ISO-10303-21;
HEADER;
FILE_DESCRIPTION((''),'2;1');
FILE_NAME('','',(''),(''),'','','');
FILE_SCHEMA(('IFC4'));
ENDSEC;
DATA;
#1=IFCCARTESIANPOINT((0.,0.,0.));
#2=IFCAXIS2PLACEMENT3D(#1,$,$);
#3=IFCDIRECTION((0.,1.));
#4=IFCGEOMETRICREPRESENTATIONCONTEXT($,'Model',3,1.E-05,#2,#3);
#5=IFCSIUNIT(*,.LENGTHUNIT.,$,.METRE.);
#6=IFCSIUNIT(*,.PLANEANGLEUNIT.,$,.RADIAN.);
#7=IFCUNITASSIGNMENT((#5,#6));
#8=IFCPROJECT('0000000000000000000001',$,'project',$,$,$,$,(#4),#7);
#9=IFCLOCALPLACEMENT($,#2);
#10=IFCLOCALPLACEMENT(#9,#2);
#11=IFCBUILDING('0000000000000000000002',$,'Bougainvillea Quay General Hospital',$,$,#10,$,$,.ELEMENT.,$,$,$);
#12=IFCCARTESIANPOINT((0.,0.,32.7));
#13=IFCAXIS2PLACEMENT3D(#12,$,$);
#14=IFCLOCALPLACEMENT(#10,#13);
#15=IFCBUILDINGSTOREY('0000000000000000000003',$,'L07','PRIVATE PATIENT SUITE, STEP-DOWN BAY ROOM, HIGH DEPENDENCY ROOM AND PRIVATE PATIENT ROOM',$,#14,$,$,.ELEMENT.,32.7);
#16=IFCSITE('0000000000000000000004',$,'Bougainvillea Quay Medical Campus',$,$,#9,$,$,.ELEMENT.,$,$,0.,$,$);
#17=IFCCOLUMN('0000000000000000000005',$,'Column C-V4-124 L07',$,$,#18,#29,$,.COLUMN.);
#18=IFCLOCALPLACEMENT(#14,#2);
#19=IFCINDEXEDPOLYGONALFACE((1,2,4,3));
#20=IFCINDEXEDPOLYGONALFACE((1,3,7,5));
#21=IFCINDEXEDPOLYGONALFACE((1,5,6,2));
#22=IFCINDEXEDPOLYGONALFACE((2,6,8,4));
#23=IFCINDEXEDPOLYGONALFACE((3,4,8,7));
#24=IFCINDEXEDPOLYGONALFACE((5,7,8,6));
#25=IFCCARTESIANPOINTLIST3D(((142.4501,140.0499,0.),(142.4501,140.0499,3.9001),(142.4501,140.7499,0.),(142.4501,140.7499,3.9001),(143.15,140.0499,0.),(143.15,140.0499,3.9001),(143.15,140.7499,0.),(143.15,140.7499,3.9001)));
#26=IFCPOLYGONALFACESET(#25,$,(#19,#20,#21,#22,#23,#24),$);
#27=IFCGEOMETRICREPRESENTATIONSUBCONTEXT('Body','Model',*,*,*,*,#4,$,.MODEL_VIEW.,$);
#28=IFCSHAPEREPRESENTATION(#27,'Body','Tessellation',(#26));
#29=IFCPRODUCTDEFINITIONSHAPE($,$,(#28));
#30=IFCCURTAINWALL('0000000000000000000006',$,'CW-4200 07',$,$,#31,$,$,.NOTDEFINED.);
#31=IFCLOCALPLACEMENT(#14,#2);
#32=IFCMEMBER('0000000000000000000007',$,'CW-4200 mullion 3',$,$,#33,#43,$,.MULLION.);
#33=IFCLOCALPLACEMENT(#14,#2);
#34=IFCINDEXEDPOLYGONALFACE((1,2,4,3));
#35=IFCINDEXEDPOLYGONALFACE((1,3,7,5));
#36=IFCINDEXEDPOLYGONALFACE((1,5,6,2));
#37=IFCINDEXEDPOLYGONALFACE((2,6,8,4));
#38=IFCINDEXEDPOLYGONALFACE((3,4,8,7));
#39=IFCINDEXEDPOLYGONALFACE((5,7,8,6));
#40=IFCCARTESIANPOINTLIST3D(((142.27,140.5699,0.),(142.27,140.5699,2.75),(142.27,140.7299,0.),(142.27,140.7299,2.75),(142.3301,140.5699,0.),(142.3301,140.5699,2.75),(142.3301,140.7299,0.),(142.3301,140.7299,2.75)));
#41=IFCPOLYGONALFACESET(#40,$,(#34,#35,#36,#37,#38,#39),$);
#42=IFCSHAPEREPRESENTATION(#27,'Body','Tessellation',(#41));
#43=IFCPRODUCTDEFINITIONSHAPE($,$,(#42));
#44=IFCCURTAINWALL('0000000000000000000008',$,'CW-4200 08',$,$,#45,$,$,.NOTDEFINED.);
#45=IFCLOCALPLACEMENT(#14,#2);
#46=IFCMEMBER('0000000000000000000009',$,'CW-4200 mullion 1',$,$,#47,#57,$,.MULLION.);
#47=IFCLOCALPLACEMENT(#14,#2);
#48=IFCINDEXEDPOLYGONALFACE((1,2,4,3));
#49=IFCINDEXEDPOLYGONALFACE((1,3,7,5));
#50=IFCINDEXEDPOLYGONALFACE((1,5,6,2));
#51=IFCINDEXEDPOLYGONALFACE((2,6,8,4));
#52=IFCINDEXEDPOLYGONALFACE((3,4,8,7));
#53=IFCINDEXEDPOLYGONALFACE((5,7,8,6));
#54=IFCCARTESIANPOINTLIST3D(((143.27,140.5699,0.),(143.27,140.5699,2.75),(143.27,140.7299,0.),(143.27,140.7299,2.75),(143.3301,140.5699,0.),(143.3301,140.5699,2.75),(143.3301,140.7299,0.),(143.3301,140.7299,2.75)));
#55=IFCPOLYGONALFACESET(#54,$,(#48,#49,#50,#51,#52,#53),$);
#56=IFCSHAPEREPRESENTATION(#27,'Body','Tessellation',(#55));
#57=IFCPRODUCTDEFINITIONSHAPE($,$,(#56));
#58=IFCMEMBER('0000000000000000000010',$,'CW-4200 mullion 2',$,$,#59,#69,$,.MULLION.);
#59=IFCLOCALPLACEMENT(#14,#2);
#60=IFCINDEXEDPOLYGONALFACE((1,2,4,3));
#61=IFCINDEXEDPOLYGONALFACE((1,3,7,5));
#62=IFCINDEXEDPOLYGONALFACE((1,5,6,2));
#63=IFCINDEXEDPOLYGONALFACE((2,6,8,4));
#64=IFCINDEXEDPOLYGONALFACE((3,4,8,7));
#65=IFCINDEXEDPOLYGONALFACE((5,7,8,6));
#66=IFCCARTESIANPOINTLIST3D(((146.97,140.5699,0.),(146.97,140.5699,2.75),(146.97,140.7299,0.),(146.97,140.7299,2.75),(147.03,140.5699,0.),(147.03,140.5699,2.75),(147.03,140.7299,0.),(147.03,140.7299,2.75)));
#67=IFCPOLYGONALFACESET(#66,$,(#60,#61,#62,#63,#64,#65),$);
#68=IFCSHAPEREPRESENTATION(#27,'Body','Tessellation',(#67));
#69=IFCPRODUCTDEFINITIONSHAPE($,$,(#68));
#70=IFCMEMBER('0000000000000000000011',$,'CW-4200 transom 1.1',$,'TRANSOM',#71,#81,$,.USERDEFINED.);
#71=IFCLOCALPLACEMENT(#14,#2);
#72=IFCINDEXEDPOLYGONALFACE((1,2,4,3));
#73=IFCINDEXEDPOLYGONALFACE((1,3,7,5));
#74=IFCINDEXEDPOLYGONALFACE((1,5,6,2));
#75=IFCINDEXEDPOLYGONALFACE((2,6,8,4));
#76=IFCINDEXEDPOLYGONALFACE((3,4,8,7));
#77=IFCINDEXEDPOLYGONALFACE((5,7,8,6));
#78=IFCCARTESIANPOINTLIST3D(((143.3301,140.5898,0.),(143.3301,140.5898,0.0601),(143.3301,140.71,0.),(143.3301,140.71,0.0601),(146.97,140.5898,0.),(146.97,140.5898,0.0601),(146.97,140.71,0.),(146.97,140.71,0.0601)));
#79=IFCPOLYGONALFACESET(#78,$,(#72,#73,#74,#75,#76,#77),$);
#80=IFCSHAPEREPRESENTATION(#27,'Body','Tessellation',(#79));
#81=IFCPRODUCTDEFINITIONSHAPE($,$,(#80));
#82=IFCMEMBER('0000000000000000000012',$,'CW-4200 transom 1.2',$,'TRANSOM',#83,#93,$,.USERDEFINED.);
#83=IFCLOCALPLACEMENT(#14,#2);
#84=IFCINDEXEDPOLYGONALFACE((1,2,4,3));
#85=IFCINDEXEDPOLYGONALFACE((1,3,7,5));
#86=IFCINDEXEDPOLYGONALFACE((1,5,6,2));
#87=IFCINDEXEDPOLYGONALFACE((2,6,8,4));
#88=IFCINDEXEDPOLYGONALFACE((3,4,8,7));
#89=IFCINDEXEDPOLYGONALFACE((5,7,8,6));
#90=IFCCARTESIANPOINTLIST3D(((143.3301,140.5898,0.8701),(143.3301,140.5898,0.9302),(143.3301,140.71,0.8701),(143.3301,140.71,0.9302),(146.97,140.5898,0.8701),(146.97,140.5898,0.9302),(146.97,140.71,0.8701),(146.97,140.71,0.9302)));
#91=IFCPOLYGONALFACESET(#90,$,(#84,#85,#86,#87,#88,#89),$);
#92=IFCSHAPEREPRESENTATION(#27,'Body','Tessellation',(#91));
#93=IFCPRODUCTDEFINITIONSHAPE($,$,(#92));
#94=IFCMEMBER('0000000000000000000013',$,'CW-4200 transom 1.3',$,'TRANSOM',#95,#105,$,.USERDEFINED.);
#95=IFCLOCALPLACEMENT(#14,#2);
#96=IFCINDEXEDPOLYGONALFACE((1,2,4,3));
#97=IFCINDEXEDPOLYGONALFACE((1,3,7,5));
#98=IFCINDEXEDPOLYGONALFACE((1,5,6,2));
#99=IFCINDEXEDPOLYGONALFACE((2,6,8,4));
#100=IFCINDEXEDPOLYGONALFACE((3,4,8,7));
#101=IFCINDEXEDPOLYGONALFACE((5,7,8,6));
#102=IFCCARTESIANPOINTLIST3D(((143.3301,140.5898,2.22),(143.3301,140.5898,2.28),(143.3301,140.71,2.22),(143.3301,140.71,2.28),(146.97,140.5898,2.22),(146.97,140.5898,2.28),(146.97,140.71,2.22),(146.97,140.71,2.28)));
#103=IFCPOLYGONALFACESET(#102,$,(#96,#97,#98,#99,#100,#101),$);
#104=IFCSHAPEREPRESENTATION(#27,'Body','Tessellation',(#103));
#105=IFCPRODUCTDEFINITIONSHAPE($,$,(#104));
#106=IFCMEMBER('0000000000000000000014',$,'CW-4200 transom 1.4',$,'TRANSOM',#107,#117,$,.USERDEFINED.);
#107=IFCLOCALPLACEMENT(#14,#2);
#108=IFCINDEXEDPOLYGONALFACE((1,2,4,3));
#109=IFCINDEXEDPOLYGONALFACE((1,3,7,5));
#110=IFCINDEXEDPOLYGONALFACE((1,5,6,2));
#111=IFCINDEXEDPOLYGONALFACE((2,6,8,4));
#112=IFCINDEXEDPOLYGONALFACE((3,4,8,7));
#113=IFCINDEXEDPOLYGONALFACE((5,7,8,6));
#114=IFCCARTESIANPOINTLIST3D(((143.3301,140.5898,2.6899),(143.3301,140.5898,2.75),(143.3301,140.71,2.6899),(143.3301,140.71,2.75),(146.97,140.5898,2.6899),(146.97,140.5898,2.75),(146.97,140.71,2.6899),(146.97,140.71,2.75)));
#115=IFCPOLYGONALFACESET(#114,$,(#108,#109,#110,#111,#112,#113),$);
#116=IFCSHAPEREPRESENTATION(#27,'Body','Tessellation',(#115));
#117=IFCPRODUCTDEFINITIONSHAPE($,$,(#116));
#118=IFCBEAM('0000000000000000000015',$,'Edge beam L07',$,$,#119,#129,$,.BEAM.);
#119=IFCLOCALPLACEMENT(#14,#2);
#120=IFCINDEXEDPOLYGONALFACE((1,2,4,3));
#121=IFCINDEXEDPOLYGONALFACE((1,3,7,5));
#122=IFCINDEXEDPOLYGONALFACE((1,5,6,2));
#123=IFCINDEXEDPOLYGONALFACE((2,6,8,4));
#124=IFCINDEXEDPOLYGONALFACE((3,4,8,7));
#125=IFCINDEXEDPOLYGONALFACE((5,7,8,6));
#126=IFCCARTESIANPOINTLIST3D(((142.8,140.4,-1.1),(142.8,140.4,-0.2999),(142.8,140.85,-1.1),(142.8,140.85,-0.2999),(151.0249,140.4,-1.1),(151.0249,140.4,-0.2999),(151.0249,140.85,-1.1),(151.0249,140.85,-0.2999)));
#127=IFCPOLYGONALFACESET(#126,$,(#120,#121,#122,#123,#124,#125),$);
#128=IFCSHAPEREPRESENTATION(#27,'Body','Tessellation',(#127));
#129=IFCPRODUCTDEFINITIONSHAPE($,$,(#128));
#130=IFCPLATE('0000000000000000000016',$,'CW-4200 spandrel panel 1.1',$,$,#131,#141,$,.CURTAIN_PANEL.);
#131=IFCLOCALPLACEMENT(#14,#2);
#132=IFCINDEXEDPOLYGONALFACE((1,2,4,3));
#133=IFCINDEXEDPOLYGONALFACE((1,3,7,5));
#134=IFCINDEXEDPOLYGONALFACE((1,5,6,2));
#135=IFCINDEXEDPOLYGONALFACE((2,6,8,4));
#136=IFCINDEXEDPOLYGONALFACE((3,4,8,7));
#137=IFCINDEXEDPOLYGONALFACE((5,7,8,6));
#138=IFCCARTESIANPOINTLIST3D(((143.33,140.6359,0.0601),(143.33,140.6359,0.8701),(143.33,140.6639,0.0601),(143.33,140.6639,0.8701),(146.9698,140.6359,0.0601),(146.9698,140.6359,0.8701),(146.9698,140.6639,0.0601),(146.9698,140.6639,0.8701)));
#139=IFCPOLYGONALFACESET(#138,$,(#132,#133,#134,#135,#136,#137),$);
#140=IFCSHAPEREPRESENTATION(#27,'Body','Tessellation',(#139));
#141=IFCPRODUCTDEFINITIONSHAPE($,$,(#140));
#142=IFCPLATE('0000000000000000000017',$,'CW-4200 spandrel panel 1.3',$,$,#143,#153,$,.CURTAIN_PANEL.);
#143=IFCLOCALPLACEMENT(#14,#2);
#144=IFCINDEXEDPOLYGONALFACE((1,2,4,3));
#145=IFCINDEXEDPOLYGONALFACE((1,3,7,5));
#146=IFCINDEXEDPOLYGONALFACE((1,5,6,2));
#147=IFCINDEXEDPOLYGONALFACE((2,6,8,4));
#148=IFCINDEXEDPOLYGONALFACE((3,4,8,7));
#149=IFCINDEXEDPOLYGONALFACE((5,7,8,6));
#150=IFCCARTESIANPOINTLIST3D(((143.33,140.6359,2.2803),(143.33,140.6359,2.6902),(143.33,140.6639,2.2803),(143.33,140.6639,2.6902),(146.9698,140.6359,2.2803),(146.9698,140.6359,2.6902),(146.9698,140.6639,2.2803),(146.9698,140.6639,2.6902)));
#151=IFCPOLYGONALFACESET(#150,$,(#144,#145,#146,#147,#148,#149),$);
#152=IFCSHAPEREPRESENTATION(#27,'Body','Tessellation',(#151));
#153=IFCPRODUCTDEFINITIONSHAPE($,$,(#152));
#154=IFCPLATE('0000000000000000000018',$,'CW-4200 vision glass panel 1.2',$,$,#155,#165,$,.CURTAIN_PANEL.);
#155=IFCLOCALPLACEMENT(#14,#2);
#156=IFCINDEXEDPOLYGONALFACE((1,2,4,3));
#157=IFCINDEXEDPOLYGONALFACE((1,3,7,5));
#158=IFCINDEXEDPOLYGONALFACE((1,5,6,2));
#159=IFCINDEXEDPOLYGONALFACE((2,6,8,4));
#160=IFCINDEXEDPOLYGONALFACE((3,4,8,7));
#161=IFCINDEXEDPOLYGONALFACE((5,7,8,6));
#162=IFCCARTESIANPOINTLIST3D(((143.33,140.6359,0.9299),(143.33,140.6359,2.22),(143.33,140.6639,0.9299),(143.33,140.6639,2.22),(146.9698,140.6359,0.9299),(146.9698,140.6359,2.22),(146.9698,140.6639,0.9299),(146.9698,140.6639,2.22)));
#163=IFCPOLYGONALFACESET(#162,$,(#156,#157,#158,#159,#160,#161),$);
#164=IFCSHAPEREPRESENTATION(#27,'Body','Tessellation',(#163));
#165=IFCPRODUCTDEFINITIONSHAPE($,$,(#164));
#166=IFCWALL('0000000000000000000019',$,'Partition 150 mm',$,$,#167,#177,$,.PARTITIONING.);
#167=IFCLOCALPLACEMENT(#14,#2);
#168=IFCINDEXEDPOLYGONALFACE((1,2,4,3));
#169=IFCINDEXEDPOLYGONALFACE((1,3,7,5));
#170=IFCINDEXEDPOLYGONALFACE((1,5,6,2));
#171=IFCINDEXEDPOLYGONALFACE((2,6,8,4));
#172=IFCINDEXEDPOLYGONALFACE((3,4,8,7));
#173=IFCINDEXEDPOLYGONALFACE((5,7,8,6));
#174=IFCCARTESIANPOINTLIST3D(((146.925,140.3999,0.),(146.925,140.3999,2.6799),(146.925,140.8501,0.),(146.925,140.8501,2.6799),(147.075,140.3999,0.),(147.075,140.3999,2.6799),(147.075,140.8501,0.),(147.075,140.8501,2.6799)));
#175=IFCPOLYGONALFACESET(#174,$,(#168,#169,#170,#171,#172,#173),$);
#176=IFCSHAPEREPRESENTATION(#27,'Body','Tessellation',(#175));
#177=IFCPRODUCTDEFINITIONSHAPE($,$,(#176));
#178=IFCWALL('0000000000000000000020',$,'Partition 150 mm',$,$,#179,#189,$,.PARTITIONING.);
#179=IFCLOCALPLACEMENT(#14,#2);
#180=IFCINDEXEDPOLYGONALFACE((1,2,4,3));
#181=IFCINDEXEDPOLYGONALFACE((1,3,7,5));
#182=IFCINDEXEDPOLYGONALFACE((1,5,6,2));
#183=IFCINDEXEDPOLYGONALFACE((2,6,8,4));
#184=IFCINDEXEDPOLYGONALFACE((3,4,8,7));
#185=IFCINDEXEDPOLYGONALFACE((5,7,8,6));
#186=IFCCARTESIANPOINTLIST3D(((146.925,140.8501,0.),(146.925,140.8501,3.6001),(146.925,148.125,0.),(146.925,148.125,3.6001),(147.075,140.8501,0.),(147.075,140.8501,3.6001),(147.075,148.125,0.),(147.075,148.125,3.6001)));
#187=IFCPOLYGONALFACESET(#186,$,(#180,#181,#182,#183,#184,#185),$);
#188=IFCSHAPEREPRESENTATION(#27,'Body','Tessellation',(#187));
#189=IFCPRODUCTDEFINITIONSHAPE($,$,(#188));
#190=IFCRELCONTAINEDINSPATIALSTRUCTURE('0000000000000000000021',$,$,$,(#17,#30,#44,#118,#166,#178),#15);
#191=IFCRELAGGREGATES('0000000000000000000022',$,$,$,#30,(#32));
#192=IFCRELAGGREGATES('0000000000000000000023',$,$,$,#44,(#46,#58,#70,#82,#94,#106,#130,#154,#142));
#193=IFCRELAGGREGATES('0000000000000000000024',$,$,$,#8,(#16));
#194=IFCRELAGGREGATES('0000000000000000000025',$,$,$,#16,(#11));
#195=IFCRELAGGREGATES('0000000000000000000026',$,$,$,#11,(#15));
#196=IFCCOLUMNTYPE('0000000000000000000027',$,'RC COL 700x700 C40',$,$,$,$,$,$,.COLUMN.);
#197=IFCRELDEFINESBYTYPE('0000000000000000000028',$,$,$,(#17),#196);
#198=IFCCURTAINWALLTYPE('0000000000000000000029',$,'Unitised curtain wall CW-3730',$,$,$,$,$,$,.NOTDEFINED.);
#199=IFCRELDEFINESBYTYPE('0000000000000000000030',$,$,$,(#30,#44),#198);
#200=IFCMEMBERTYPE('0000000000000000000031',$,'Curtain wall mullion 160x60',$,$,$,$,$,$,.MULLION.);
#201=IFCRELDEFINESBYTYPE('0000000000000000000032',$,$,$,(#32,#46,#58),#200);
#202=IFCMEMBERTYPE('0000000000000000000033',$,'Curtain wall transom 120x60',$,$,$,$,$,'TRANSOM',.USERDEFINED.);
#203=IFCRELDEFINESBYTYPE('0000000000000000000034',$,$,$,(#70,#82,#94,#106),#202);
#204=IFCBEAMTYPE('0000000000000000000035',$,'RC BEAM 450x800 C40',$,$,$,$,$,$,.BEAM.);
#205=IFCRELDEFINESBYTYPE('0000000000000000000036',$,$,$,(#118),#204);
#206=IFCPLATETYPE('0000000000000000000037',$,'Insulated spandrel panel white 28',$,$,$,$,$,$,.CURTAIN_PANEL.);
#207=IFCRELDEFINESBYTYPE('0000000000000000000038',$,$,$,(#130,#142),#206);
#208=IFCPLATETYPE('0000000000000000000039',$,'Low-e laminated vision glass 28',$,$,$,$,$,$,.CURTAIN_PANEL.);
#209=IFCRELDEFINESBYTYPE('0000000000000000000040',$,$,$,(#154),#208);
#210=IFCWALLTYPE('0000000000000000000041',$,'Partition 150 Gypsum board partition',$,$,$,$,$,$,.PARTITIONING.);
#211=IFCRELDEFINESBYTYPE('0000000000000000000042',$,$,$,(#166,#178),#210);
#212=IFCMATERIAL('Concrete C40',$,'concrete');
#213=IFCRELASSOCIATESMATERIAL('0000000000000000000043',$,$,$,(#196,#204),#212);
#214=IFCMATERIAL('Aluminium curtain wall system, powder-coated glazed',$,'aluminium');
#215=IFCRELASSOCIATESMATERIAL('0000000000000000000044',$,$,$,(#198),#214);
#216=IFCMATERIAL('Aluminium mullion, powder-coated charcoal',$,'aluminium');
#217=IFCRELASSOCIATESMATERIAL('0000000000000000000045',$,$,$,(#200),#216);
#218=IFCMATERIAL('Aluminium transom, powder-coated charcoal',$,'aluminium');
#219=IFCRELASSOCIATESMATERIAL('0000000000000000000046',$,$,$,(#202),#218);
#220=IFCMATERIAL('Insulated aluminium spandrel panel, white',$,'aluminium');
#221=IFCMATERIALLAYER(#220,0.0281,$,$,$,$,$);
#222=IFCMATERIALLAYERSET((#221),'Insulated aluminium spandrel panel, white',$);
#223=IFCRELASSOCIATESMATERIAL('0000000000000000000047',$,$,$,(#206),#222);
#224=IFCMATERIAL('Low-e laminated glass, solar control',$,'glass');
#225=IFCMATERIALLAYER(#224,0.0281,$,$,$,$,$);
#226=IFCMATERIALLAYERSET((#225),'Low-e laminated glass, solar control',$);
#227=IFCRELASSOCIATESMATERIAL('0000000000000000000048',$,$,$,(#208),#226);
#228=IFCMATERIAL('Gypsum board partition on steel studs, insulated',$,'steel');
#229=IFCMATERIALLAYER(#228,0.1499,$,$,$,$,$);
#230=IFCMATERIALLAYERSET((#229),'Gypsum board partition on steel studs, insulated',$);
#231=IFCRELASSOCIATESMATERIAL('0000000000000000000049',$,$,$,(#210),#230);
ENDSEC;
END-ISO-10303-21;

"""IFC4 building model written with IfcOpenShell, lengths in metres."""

from ifc_helpers import new_model, si_unit, direction, frame, frame_2d, origin, origin_2d, place, context, subcontext, project, spatial, rectangle, extrude, material, layer, layer_set, material_profile, profile_set, type_object, element, aggregate, save


model = new_model("IFC4")

# Units and contexts
model_context = context("Model", 3, precision=1e-05, world=origin(), true_north=direction((0.0, 1.0)))
body_context = subcontext(model_context, "Body", "Model", "MODEL_VIEW")
ifc_project = project(units=[si_unit("LENGTHUNIT", "METRE"), si_unit("PLANEANGLEUNIT", "RADIAN")], contexts=[model_context])

# Site, building, storey
site_placement = place(None, origin())
site = spatial("IfcSite", under=ifc_project, at=site_placement, Name="Bougainvillea Quay Medical Campus", CompositionType="ELEMENT", RefElevation=0.0)
building_placement = place(site_placement, origin())
building = spatial("IfcBuilding", under=site, at=building_placement, Name="Bougainvillea Quay General Hospital", CompositionType="ELEMENT")
storey_placement = place(building_placement, frame((0.0, 0.0, 32.7)))
storey = spatial("IfcBuildingStorey", under=building, at=storey_placement, Name="L07", Description="PRIVATE PATIENT SUITE, STEP-DOWN BAY ROOM, HIGH DEPENDENCY ROOM AND PRIVATE PATIENT ROOM", CompositionType="ELEMENT", Elevation=32.7)

# Column
ifc_material_1 = material(Name="Concrete C40", Category="concrete")
ifc_material_profile_1 = material_profile(ifc_material_1, rectangle(XDim=0.7, YDim=0.7, at=origin_2d()))
ifc_profile_set_1 = profile_set([ifc_material_profile_1], Name="Concrete C40")
column_type = type_object("IfcColumnType", Name="RC COL 700x700 C40", PredefinedType="COLUMN", material=ifc_profile_set_1)
column_placement = place(storey_placement, frame((142.8, 140.3999, 0.0), z_axis=(0.0, 0.0, 1.0), x_axis=(1.0, 0.0, 0.0)))
element("IfcColumn", 1, at=column_placement, inside=storey, type_object=column_type, Name="Column C-V4-124 L07", PredefinedType="COLUMN", context=body_context, shape_type="SweptSolid", body=[
    extrude(rectangle(XDim=0.7, YDim=0.7, at=origin_2d()), origin(), (0.0, 0.0, 1.0), 3.9001),
])

# Curtain wall, member
ifc_material_2 = material(Name="Aluminium curtain wall system, powder-coated glazed", Category="aluminium")
curtain_wall_type = type_object("IfcCurtainWallType", Name="Unitised curtain wall CW-3730", PredefinedType="NOTDEFINED", material=ifc_material_2)
curtain_wall_1_placement = place(storey_placement, origin())
curtain_wall_1 = element("IfcCurtainWall", 2, at=curtain_wall_1_placement, inside=storey, type_object=curtain_wall_type, Name="CW-4200 07", PredefinedType="NOTDEFINED")
ifc_material_3 = material(Name="Aluminium mullion, powder-coated charcoal", Category="aluminium")
ifc_material_profile_2 = material_profile(ifc_material_3, rectangle(XDim=0.1599, YDim=0.0601, at=origin_2d()))
ifc_profile_set_2 = profile_set([ifc_material_profile_2], Name="Aluminium mullion, powder-coated charcoal")
member_type_1 = type_object("IfcMemberType", Name="Curtain wall mullion 160x60", PredefinedType="MULLION", material=ifc_profile_set_2)
member_1_placement = place(storey_placement, frame((142.3, 140.6499, 0.0), z_axis=(0.0, 0.0, 1.0), x_axis=(0.0, 1.0, 0.0)))
member_1 = element("IfcMember", 3, at=member_1_placement, type_object=member_type_1, Name="CW-4200 mullion 3", PredefinedType="MULLION", context=body_context, shape_type="SweptSolid", body=[
    extrude(rectangle(XDim=0.1599, YDim=0.0601, at=origin_2d()), origin(), (0.0, 0.0, 1.0), 2.75),
])
aggregate(curtain_wall_1, [member_1])

# Curtain wall, members
curtain_wall_2_placement = place(storey_placement, origin())
curtain_wall_2 = element("IfcCurtainWall", 4, at=curtain_wall_2_placement, inside=storey, type_object=curtain_wall_type, Name="CW-4200 08", PredefinedType="NOTDEFINED")
member_2_placement = place(storey_placement, frame((143.3, 140.6499, 0.0), z_axis=(0.0, 0.0, 1.0), x_axis=(0.0, 1.0, 0.0)))
member_2 = element("IfcMember", 5, at=member_2_placement, type_object=member_type_1, Name="CW-4200 mullion 1", PredefinedType="MULLION", context=body_context, shape_type="SweptSolid", body=[
    extrude(rectangle(XDim=0.1599, YDim=0.0601, at=origin_2d()), origin(), (0.0, 0.0, 1.0), 2.75),
])
member_3_placement = place(storey_placement, frame((147.0, 140.6499, 0.0), z_axis=(0.0, 0.0, 1.0), x_axis=(0.0, 1.0, 0.0)))
member_3 = element("IfcMember", 6, at=member_3_placement, type_object=member_type_1, Name="CW-4200 mullion 2", PredefinedType="MULLION", context=body_context, shape_type="SweptSolid", body=[
    extrude(rectangle(XDim=0.1599, YDim=0.0601, at=origin_2d()), origin(), (0.0, 0.0, 1.0), 2.75),
])
ifc_material_4 = material(Name="Aluminium transom, powder-coated charcoal", Category="aluminium")
ifc_material_profile_3 = material_profile(ifc_material_4, rectangle(XDim=0.1201, YDim=0.0601, at=origin_2d()))
ifc_profile_set_3 = profile_set([ifc_material_profile_3], Name="Aluminium transom, powder-coated charcoal")
member_type_2 = type_object("IfcMemberType", Name="Curtain wall transom 120x60", ElementType="TRANSOM", PredefinedType="USERDEFINED", material=ifc_profile_set_3)
member_4_placement = place(storey_placement, frame((143.3301, 140.6499, 0.03), z_axis=(1.0, 0.0, 0.0), x_axis=(0.0, 1.0, 0.0)))
member_4 = element("IfcMember", 7, at=member_4_placement, type_object=member_type_2, Name="CW-4200 transom 1.1", ObjectType="TRANSOM", PredefinedType="USERDEFINED", context=body_context, shape_type="SweptSolid", body=[
    extrude(rectangle(XDim=0.1201, YDim=0.0601, at=origin_2d()), origin(), (0.0, 0.0, 1.0), 3.6399),
])
member_5_placement = place(storey_placement, frame((143.3301, 140.6499, 0.9001), z_axis=(1.0, 0.0, 0.0), x_axis=(0.0, 1.0, 0.0)))
member_5 = element("IfcMember", 8, at=member_5_placement, type_object=member_type_2, Name="CW-4200 transom 1.2", ObjectType="TRANSOM", PredefinedType="USERDEFINED", context=body_context, shape_type="SweptSolid", body=[
    extrude(rectangle(XDim=0.1201, YDim=0.0601, at=origin_2d()), origin(), (0.0, 0.0, 1.0), 3.6399),
])
member_6_placement = place(storey_placement, frame((143.3301, 140.6499, 2.25), z_axis=(1.0, 0.0, 0.0), x_axis=(0.0, 1.0, 0.0)))
member_6 = element("IfcMember", 9, at=member_6_placement, type_object=member_type_2, Name="CW-4200 transom 1.3", ObjectType="TRANSOM", PredefinedType="USERDEFINED", context=body_context, shape_type="SweptSolid", body=[
    extrude(rectangle(XDim=0.1201, YDim=0.0601, at=origin_2d()), origin(), (0.0, 0.0, 1.0), 3.6399),
])
member_7_placement = place(storey_placement, frame((143.3301, 140.6499, 2.72), z_axis=(1.0, 0.0, 0.0), x_axis=(0.0, 1.0, 0.0)))
member_7 = element("IfcMember", 10, at=member_7_placement, type_object=member_type_2, Name="CW-4200 transom 1.4", ObjectType="TRANSOM", PredefinedType="USERDEFINED", context=body_context, shape_type="SweptSolid", body=[
    extrude(rectangle(XDim=0.1201, YDim=0.0601, at=origin_2d()), origin(), (0.0, 0.0, 1.0), 3.6399),
])

# Beam
ifc_material_profile_4 = material_profile(ifc_material_1, rectangle(XDim=0.45, YDim=0.8, at=origin_2d()))
ifc_profile_set_4 = profile_set([ifc_material_profile_4], Name="Concrete C40")
beam_type = type_object("IfcBeamType", Name="RC BEAM 450x800 C40", PredefinedType="BEAM", material=ifc_profile_set_4)
beam_placement = place(storey_placement, frame((142.8, 140.625, -0.7), z_axis=(1.0, 0.0, 0.0), x_axis=(0.0, 1.0, 0.0)))
element("IfcBeam", 11, at=beam_placement, inside=storey, type_object=beam_type, Name="Edge beam L07", PredefinedType="BEAM", context=body_context, shape_type="SweptSolid", body=[
    extrude(rectangle(XDim=0.45, YDim=0.8, at=origin_2d()), origin(), (0.0, 0.0, 1.0), 8.2249),
])

# Plates
ifc_material_5 = material(Name="Insulated aluminium spandrel panel, white", Category="aluminium")
ifc_layer_1 = layer(ifc_material_5, 0.0281)
ifc_layer_set_1 = layer_set([ifc_layer_1], Name="Insulated aluminium spandrel panel, white")
plate_type_1 = type_object("IfcPlateType", Name="Insulated spandrel panel white 28", PredefinedType="CURTAIN_PANEL", material=ifc_layer_set_1)
plate_1_placement = place(storey_placement, frame((145.1499, 140.6499, 0.0601), z_axis=(0.0, 0.0, 1.0), x_axis=(1.0, 0.0, 0.0)))
plate_1 = element("IfcPlate", 12, at=plate_1_placement, type_object=plate_type_1, Name="CW-4200 spandrel panel 1.1", PredefinedType="CURTAIN_PANEL", context=body_context, shape_type="SweptSolid", body=[
    extrude(rectangle(XDim=3.6399, YDim=0.0281, at=origin_2d()), origin(), (0.0, 0.0, 1.0), 0.8101),
])
plate_2_placement = place(storey_placement, frame((145.1499, 140.6499, 2.2803), z_axis=(0.0, 0.0, 1.0), x_axis=(1.0, 0.0, 0.0)))
plate_2 = element("IfcPlate", 13, at=plate_2_placement, type_object=plate_type_1, Name="CW-4200 spandrel panel 1.3", PredefinedType="CURTAIN_PANEL", context=body_context, shape_type="SweptSolid", body=[
    extrude(rectangle(XDim=3.6399, YDim=0.0281, at=origin_2d()), origin(), (0.0, 0.0, 1.0), 0.4099),
])
ifc_material_6 = material(Name="Low-e laminated glass, solar control", Category="glass")
ifc_layer_2 = layer(ifc_material_6, 0.0281)
ifc_layer_set_2 = layer_set([ifc_layer_2], Name="Low-e laminated glass, solar control")
plate_type_2 = type_object("IfcPlateType", Name="Low-e laminated vision glass 28", PredefinedType="CURTAIN_PANEL", material=ifc_layer_set_2)
plate_3_placement = place(storey_placement, frame((145.1499, 140.6499, 0.9299), z_axis=(0.0, 0.0, 1.0), x_axis=(1.0, 0.0, 0.0)))
plate_3 = element("IfcPlate", 14, at=plate_3_placement, type_object=plate_type_2, Name="CW-4200 vision glass panel 1.2", PredefinedType="CURTAIN_PANEL", context=body_context, shape_type="SweptSolid", body=[
    extrude(rectangle(XDim=3.6399, YDim=0.0281, at=origin_2d()), origin(), (0.0, 0.0, 1.0), 1.29),
])
aggregate(curtain_wall_2, [member_2, member_3, member_4, member_5, member_6, member_7, plate_1, plate_3, plate_2])

# Walls
ifc_material_7 = material(Name="Gypsum board partition on steel studs, insulated", Category="steel")
ifc_layer_3 = layer(ifc_material_7, 0.1499)
ifc_layer_set_3 = layer_set([ifc_layer_3], Name="Gypsum board partition on steel studs, insulated")
wall_type = type_object("IfcWallType", Name="Partition 150 Gypsum board partition", PredefinedType="PARTITIONING", material=ifc_layer_set_3)
wall_1_placement = place(storey_placement, frame((147.0, 140.3999, 0.0), z_axis=(0.0, 0.0, 1.0), x_axis=(0.0, 1.0, 0.0)))
element("IfcWall", 15, at=wall_1_placement, inside=storey, type_object=wall_type, Name="Partition 150 mm", PredefinedType="PARTITIONING", context=body_context, shape_type="SweptSolid", body=[
    extrude(rectangle(XDim=0.4502, YDim=0.1499, at=frame_2d((0.2251, 0.0))), origin(), (0.0, 0.0, 1.0), 2.6799),
])
wall_2_placement = place(storey_placement, frame((147.0, 140.8501, 0.0), z_axis=(0.0, 0.0, 1.0), x_axis=(0.0, 1.0, 0.0)))
element("IfcWall", 16, at=wall_2_placement, inside=storey, type_object=wall_type, Name="Partition 150 mm", PredefinedType="PARTITIONING", context=body_context, shape_type="SweptSolid", body=[
    extrude(rectangle(XDim=7.2749, YDim=0.1499, at=frame_2d((3.6375, 0.0))), origin(), (0.0, 0.0, 1.0), 3.6001),
])

save(model, "model.ifc")
